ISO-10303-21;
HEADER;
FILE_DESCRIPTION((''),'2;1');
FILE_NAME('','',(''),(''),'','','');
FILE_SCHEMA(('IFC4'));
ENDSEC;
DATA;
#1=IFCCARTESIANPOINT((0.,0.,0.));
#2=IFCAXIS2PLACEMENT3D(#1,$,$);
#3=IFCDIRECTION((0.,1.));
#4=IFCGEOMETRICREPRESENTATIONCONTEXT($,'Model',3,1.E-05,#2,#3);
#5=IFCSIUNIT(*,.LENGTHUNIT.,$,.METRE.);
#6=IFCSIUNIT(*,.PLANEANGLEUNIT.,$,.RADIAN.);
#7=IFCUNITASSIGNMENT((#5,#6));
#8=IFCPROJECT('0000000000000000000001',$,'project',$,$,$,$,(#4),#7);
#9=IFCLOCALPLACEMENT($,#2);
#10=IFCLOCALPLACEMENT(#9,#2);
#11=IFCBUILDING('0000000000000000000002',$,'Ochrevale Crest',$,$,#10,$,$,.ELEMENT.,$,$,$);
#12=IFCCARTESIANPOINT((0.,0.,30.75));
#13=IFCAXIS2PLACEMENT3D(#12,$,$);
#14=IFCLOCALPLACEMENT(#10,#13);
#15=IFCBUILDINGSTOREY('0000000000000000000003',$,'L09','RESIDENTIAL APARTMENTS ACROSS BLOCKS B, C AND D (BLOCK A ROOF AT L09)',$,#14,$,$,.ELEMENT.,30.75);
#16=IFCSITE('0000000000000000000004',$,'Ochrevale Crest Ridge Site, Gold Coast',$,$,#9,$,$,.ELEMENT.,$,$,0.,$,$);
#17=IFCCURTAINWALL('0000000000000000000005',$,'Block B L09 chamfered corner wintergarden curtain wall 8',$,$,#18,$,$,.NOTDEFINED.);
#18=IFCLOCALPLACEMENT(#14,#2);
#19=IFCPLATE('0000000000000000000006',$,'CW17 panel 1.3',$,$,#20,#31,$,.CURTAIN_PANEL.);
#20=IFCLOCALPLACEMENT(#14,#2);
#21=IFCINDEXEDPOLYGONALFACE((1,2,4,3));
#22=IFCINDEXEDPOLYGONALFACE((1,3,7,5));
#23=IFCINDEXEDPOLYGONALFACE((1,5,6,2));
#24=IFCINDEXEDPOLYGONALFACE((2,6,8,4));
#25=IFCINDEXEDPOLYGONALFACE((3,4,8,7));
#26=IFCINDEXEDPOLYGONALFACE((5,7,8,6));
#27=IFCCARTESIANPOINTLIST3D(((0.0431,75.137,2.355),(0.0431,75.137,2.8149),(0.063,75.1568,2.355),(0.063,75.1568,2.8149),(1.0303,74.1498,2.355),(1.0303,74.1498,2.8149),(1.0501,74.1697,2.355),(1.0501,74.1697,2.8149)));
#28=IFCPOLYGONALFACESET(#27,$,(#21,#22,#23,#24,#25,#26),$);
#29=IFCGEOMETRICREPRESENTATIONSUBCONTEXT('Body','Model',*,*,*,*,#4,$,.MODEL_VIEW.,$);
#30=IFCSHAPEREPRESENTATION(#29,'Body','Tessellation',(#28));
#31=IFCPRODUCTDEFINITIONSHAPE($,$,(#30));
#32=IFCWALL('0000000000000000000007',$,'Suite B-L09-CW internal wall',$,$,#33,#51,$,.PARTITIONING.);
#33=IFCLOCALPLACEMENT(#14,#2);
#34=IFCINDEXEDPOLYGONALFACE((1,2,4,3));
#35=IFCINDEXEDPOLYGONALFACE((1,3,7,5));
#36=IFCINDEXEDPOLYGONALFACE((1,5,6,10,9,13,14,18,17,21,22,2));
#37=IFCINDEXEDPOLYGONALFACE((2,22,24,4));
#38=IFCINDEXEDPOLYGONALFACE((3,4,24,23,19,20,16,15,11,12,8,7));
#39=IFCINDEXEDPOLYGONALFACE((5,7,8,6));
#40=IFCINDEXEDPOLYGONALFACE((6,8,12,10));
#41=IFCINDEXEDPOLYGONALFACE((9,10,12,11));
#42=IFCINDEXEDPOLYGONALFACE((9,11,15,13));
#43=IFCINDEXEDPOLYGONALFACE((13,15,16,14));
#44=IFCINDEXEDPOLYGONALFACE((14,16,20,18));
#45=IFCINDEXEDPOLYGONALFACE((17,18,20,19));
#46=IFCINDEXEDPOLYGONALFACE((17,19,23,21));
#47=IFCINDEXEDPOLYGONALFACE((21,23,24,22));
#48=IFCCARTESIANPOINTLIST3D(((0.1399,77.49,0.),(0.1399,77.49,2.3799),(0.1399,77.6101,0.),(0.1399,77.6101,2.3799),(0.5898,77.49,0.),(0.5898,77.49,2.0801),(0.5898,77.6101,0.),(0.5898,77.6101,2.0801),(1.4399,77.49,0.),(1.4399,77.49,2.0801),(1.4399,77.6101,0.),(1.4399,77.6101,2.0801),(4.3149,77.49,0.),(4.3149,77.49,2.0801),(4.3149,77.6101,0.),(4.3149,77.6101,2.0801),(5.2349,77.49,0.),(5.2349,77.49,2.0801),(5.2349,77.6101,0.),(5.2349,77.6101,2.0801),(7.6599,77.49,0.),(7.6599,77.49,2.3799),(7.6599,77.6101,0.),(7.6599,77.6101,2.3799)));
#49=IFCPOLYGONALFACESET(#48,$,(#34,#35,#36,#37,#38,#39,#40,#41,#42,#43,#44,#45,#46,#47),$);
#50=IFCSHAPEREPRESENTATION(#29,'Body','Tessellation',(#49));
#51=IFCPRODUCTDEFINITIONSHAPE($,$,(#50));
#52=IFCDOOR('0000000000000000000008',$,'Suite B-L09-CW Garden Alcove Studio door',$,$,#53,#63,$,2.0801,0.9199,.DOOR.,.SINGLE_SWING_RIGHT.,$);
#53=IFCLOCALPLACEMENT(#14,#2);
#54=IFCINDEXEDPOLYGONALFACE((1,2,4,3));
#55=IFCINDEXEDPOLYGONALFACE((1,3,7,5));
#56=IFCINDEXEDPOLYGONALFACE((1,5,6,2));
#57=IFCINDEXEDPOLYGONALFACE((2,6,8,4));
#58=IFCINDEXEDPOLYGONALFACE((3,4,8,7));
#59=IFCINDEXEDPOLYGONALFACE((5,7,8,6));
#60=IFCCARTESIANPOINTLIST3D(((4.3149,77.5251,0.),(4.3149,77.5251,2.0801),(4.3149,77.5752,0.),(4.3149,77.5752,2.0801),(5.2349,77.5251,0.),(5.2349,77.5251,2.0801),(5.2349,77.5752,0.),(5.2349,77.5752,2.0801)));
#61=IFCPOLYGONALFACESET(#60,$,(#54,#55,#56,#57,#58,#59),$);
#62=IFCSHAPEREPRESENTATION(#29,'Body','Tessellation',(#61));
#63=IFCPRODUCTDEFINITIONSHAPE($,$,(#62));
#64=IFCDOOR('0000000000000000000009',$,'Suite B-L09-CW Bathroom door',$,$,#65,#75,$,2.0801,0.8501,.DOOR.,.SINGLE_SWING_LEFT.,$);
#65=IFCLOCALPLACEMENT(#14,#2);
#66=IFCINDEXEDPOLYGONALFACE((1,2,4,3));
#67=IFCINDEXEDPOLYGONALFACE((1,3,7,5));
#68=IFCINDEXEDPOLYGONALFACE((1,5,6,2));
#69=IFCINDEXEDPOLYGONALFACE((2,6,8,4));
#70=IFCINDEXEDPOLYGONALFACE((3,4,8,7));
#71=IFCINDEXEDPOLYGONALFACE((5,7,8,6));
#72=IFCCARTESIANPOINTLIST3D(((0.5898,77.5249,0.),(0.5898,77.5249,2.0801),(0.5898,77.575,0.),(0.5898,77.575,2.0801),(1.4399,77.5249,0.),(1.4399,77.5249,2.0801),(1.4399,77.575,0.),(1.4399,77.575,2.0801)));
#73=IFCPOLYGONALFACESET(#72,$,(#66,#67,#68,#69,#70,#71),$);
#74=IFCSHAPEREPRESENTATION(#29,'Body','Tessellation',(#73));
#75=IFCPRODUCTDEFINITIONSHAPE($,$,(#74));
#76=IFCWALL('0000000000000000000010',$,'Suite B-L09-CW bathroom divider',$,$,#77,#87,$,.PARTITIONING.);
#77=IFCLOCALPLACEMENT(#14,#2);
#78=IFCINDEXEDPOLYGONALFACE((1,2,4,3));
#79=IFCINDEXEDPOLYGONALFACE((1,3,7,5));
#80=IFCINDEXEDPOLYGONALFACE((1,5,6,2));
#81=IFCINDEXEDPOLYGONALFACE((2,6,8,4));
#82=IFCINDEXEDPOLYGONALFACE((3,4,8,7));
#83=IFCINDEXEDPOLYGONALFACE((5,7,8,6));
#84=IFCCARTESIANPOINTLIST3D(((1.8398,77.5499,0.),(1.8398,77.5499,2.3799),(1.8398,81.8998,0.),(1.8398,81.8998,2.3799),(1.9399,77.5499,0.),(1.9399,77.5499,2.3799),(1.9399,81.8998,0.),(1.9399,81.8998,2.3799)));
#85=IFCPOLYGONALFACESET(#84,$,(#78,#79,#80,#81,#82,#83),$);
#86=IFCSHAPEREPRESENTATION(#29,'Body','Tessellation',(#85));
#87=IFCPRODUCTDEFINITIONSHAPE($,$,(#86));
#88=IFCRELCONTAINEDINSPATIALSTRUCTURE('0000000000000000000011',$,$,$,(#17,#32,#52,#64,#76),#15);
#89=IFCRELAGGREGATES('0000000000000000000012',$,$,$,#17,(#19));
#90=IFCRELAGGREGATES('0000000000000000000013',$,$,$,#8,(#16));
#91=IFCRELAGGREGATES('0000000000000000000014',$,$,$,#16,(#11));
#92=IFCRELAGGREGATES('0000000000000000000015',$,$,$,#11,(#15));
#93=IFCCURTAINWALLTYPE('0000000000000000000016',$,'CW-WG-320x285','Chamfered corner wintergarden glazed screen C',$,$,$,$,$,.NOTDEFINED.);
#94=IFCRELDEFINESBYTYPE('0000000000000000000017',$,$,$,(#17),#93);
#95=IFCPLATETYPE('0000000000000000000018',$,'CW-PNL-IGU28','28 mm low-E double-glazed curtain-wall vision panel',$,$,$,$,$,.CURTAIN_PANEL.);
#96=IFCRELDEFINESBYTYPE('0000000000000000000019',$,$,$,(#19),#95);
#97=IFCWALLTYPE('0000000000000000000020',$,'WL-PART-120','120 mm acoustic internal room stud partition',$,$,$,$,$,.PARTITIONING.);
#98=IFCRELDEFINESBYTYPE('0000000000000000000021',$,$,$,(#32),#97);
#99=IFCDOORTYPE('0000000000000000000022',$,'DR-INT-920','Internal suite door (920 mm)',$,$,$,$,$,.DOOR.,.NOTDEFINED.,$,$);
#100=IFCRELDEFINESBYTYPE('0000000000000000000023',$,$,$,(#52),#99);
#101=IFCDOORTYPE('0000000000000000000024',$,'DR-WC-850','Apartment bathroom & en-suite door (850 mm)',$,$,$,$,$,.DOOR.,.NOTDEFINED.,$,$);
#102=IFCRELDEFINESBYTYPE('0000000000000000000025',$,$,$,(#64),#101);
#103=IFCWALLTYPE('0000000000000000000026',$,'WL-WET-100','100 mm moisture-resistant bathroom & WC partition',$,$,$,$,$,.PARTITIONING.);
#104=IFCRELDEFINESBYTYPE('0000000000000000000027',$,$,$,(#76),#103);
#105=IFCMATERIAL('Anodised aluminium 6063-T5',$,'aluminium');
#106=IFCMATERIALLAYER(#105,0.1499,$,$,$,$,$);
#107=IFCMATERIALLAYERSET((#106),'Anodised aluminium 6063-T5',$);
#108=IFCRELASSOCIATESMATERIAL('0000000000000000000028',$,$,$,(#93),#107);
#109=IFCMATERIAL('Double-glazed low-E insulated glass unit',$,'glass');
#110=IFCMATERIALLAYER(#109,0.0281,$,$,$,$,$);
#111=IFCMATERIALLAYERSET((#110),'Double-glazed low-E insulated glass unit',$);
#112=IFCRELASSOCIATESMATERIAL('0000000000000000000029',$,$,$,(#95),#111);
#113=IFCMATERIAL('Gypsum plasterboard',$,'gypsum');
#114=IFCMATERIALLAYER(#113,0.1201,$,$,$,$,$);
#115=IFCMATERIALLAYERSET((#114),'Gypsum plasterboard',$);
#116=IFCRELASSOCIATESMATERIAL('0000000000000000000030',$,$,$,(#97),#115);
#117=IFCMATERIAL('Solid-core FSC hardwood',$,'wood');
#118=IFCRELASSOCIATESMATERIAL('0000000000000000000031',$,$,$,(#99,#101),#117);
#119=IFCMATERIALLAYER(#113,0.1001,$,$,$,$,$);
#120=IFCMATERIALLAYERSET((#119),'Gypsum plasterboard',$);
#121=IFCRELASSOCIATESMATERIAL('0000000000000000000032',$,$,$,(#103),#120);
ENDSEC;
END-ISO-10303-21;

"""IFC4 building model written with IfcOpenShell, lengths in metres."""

from ifc_helpers import new_model, si_unit, direction, frame, frame_2d, origin, origin_2d, place, context, subcontext, project, spatial, rectangle, extrude, material, layer, layer_set, type_object, element, fill, aggregate, save


model = new_model("IFC4")

# Units and contexts
model_context = context("Model", 3, precision=1e-05, world=origin(), true_north=direction((0.0, 1.0)))
body_context = subcontext(model_context, "Body", "Model", "MODEL_VIEW")
ifc_project = project(units=[si_unit("LENGTHUNIT", "METRE"), si_unit("PLANEANGLEUNIT", "RADIAN")], contexts=[model_context])

# Site, building, storey
site_placement = place(None, origin())
site = spatial("IfcSite", under=ifc_project, at=site_placement, Name="Ochrevale Crest Ridge Site, Gold Coast", CompositionType="ELEMENT", RefElevation=0.0)
building_placement = place(site_placement, origin())
building = spatial("IfcBuilding", under=site, at=building_placement, Name="Ochrevale Crest", CompositionType="ELEMENT")
storey_placement = place(building_placement, frame((0.0, 0.0, 30.75)))
storey = spatial("IfcBuildingStorey", under=building, at=storey_placement, Name="L09", Description="RESIDENTIAL APARTMENTS ACROSS BLOCKS B, C AND D (BLOCK A ROOF AT L09)", CompositionType="ELEMENT", Elevation=30.75)

# Curtain wall, plate
ifc_material_1 = material(Name="Anodised aluminium 6063-T5", Category="aluminium")
ifc_layer_1 = layer(ifc_material_1, 0.1499)
ifc_layer_set_1 = layer_set([ifc_layer_1], Name="Anodised aluminium 6063-T5")
curtain_wall_type = type_object("IfcCurtainWallType", Name="CW-WG-320x285", Description="Chamfered corner wintergarden glazed screen C", PredefinedType="NOTDEFINED", material=ifc_layer_set_1)
curtain_wall_placement = place(storey_placement, origin())
curtain_wall = element("IfcCurtainWall", 1, at=curtain_wall_placement, inside=storey, type_object=curtain_wall_type, Name="Block B L09 chamfered corner wintergarden curtain wall 8", PredefinedType="NOTDEFINED")
ifc_material_2 = material(Name="Double-glazed low-E insulated glass unit", Category="glass")
ifc_layer_2 = layer(ifc_material_2, 0.0281)
ifc_layer_set_2 = layer_set([ifc_layer_2], Name="Double-glazed low-E insulated glass unit")
plate_type = type_object("IfcPlateType", Name="CW-PNL-IGU28", Description="28 mm low-E double-glazed curtain-wall vision panel", PredefinedType="CURTAIN_PANEL", material=ifc_layer_set_2)
plate_1_placement = place(storey_placement, frame((0.5466, 74.6533, 2.355), z_axis=(0.0, 0.0, 1.0), x_axis=(0.707107, -0.707107, 0.0)))
plate_1 = element("IfcPlate", 2, at=plate_1_placement, type_object=plate_type, Name="CW17 panel 1.3", PredefinedType="CURTAIN_PANEL", context=body_context, shape_type="SweptSolid", body=[
    extrude(rectangle(XDim=1.396, YDim=0.0281, at=origin_2d()), origin(), (0.0, 0.0, 1.0), 0.46),
])
aggregate(curtain_wall, [plate_1])

# Wall, openings, doors
ifc_material_3 = material(Name="Gypsum plasterboard", Category="gypsum")
ifc_layer_3 = layer(ifc_material_3, 0.1201)
ifc_layer_set_3 = layer_set([ifc_layer_3], Name="Gypsum plasterboard")
wall_type_1 = type_object("IfcWallType", Name="WL-PART-120", Description="120 mm acoustic internal room stud partition", PredefinedType="PARTITIONING", material=ifc_layer_set_3)
wall_1_placement = place(storey_placement, frame((0.1399, 77.55, 0.0), z_axis=(0.0, 0.0, 1.0), x_axis=(1.0, 0.0, 0.0)))
wall_1 = element("IfcWall", 3, at=wall_1_placement, inside=storey, type_object=wall_type_1, Name="Suite B-L09-CW internal wall", PredefinedType="PARTITIONING", context=body_context, shape_type="SweptSolid", body=[
    extrude(rectangle(XDim=7.52, YDim=0.1201, at=frame_2d((3.76, 0.0))), origin(), (0.0, 0.0, 1.0), 2.3799),
])
opening_1_placement = place(wall_1_placement, frame((0.45, 0.0, 0.0)))
opening_1 = element("IfcOpeningElement", 4, at=opening_1_placement, cuts=wall_1, PredefinedType="OPENING", context=body_context, shape_type="SweptSolid", body=[
    extrude(rectangle(XDim=0.8501, YDim=2.0801, at=frame_2d((0.425, 1.04))), frame((0.0, 0.0701, 0.0), z_axis=(0.0, -1.0, 0.0), x_axis=(1.0, 0.0, 0.0)), (0.0, 0.0, 1.0), 0.1401),
])
opening_2_placement = place(wall_1_placement, frame((5.095, 0.0, 0.0), z_axis=(0.0, 0.0, 1.0), x_axis=(-1.0, 0.0, 0.0)))
opening_2 = element("IfcOpeningElement", 5, at=opening_2_placement, cuts=wall_1, PredefinedType="OPENING", context=body_context, shape_type="SweptSolid", body=[
    extrude(rectangle(XDim=0.9199, YDim=2.0801, at=frame_2d((0.46, 1.04))), frame((0.0, 0.0701, 0.0), z_axis=(0.0, -1.0, 0.0), x_axis=(1.0, 0.0, 0.0)), (0.0, 0.0, 1.0), 0.1401),
])
ifc_material_4 = material(Name="Solid-core FSC hardwood", Category="wood")
door_type_1 = type_object("IfcDoorType", Name="DR-INT-920", Description="Internal suite door (920 mm)", OperationType="NOTDEFINED", PredefinedType="DOOR", material=ifc_material_4)
door_1_placement = place(opening_2_placement, origin())
door_1 = element("IfcDoor", 6, at=door_1_placement, inside=storey, type_object=door_type_1, Name="Suite B-L09-CW Garden Alcove Studio door", OperationType="SINGLE_SWING_RIGHT", OverallHeight=2.0801, OverallWidth=0.9199, PredefinedType="DOOR", context=body_context, shape_type="SweptSolid", body=[
    extrude(rectangle(XDim=0.9199, YDim=2.0801, at=frame_2d((0.46, 1.04))), frame((0.0, 0.0249, 0.0), z_axis=(0.0, -1.0, 0.0), x_axis=(1.0, 0.0, 0.0)), (0.0, 0.0, 1.0), 0.05),
])
fill(opening_2, door_1)
door_type_2 = type_object("IfcDoorType", Name="DR-WC-850", Description="Apartment bathroom & en-suite door (850 mm)", OperationType="NOTDEFINED", PredefinedType="DOOR", material=ifc_material_4)
door_2_placement = place(opening_1_placement, origin())
door_2 = element("IfcDoor", 7, at=door_2_placement, inside=storey, type_object=door_type_2, Name="Suite B-L09-CW Bathroom door", OperationType="SINGLE_SWING_LEFT", OverallHeight=2.0801, OverallWidth=0.8501, PredefinedType="DOOR", context=body_context, shape_type="SweptSolid", body=[
    extrude(rectangle(XDim=0.8501, YDim=2.0801, at=frame_2d((0.425, 1.04))), frame((0.0, 0.0249, 0.0), z_axis=(0.0, -1.0, 0.0), x_axis=(1.0, 0.0, 0.0)), (0.0, 0.0, 1.0), 0.05),
])
fill(opening_1, door_2)

# Wall
ifc_layer_4 = layer(ifc_material_3, 0.1001)
ifc_layer_set_4 = layer_set([ifc_layer_4], Name="Gypsum plasterboard")
wall_type_2 = type_object("IfcWallType", Name="WL-WET-100", Description="100 mm moisture-resistant bathroom & WC partition", PredefinedType="PARTITIONING", material=ifc_layer_set_4)
wall_2_placement = place(storey_placement, frame((1.8899, 77.55, 0.0), z_axis=(0.0, 0.0, 1.0), x_axis=(0.0, 1.0, 0.0)))
element("IfcWall", 8, at=wall_2_placement, inside=storey, type_object=wall_type_2, Name="Suite B-L09-CW bathroom divider", PredefinedType="PARTITIONING", context=body_context, shape_type="SweptSolid", body=[
    extrude(rectangle(XDim=4.3499, YDim=0.1001, at=frame_2d((2.1748, 0.0))), origin(), (0.0, 0.0, 1.0), 2.3799),
])

save(model, "model.ifc")
